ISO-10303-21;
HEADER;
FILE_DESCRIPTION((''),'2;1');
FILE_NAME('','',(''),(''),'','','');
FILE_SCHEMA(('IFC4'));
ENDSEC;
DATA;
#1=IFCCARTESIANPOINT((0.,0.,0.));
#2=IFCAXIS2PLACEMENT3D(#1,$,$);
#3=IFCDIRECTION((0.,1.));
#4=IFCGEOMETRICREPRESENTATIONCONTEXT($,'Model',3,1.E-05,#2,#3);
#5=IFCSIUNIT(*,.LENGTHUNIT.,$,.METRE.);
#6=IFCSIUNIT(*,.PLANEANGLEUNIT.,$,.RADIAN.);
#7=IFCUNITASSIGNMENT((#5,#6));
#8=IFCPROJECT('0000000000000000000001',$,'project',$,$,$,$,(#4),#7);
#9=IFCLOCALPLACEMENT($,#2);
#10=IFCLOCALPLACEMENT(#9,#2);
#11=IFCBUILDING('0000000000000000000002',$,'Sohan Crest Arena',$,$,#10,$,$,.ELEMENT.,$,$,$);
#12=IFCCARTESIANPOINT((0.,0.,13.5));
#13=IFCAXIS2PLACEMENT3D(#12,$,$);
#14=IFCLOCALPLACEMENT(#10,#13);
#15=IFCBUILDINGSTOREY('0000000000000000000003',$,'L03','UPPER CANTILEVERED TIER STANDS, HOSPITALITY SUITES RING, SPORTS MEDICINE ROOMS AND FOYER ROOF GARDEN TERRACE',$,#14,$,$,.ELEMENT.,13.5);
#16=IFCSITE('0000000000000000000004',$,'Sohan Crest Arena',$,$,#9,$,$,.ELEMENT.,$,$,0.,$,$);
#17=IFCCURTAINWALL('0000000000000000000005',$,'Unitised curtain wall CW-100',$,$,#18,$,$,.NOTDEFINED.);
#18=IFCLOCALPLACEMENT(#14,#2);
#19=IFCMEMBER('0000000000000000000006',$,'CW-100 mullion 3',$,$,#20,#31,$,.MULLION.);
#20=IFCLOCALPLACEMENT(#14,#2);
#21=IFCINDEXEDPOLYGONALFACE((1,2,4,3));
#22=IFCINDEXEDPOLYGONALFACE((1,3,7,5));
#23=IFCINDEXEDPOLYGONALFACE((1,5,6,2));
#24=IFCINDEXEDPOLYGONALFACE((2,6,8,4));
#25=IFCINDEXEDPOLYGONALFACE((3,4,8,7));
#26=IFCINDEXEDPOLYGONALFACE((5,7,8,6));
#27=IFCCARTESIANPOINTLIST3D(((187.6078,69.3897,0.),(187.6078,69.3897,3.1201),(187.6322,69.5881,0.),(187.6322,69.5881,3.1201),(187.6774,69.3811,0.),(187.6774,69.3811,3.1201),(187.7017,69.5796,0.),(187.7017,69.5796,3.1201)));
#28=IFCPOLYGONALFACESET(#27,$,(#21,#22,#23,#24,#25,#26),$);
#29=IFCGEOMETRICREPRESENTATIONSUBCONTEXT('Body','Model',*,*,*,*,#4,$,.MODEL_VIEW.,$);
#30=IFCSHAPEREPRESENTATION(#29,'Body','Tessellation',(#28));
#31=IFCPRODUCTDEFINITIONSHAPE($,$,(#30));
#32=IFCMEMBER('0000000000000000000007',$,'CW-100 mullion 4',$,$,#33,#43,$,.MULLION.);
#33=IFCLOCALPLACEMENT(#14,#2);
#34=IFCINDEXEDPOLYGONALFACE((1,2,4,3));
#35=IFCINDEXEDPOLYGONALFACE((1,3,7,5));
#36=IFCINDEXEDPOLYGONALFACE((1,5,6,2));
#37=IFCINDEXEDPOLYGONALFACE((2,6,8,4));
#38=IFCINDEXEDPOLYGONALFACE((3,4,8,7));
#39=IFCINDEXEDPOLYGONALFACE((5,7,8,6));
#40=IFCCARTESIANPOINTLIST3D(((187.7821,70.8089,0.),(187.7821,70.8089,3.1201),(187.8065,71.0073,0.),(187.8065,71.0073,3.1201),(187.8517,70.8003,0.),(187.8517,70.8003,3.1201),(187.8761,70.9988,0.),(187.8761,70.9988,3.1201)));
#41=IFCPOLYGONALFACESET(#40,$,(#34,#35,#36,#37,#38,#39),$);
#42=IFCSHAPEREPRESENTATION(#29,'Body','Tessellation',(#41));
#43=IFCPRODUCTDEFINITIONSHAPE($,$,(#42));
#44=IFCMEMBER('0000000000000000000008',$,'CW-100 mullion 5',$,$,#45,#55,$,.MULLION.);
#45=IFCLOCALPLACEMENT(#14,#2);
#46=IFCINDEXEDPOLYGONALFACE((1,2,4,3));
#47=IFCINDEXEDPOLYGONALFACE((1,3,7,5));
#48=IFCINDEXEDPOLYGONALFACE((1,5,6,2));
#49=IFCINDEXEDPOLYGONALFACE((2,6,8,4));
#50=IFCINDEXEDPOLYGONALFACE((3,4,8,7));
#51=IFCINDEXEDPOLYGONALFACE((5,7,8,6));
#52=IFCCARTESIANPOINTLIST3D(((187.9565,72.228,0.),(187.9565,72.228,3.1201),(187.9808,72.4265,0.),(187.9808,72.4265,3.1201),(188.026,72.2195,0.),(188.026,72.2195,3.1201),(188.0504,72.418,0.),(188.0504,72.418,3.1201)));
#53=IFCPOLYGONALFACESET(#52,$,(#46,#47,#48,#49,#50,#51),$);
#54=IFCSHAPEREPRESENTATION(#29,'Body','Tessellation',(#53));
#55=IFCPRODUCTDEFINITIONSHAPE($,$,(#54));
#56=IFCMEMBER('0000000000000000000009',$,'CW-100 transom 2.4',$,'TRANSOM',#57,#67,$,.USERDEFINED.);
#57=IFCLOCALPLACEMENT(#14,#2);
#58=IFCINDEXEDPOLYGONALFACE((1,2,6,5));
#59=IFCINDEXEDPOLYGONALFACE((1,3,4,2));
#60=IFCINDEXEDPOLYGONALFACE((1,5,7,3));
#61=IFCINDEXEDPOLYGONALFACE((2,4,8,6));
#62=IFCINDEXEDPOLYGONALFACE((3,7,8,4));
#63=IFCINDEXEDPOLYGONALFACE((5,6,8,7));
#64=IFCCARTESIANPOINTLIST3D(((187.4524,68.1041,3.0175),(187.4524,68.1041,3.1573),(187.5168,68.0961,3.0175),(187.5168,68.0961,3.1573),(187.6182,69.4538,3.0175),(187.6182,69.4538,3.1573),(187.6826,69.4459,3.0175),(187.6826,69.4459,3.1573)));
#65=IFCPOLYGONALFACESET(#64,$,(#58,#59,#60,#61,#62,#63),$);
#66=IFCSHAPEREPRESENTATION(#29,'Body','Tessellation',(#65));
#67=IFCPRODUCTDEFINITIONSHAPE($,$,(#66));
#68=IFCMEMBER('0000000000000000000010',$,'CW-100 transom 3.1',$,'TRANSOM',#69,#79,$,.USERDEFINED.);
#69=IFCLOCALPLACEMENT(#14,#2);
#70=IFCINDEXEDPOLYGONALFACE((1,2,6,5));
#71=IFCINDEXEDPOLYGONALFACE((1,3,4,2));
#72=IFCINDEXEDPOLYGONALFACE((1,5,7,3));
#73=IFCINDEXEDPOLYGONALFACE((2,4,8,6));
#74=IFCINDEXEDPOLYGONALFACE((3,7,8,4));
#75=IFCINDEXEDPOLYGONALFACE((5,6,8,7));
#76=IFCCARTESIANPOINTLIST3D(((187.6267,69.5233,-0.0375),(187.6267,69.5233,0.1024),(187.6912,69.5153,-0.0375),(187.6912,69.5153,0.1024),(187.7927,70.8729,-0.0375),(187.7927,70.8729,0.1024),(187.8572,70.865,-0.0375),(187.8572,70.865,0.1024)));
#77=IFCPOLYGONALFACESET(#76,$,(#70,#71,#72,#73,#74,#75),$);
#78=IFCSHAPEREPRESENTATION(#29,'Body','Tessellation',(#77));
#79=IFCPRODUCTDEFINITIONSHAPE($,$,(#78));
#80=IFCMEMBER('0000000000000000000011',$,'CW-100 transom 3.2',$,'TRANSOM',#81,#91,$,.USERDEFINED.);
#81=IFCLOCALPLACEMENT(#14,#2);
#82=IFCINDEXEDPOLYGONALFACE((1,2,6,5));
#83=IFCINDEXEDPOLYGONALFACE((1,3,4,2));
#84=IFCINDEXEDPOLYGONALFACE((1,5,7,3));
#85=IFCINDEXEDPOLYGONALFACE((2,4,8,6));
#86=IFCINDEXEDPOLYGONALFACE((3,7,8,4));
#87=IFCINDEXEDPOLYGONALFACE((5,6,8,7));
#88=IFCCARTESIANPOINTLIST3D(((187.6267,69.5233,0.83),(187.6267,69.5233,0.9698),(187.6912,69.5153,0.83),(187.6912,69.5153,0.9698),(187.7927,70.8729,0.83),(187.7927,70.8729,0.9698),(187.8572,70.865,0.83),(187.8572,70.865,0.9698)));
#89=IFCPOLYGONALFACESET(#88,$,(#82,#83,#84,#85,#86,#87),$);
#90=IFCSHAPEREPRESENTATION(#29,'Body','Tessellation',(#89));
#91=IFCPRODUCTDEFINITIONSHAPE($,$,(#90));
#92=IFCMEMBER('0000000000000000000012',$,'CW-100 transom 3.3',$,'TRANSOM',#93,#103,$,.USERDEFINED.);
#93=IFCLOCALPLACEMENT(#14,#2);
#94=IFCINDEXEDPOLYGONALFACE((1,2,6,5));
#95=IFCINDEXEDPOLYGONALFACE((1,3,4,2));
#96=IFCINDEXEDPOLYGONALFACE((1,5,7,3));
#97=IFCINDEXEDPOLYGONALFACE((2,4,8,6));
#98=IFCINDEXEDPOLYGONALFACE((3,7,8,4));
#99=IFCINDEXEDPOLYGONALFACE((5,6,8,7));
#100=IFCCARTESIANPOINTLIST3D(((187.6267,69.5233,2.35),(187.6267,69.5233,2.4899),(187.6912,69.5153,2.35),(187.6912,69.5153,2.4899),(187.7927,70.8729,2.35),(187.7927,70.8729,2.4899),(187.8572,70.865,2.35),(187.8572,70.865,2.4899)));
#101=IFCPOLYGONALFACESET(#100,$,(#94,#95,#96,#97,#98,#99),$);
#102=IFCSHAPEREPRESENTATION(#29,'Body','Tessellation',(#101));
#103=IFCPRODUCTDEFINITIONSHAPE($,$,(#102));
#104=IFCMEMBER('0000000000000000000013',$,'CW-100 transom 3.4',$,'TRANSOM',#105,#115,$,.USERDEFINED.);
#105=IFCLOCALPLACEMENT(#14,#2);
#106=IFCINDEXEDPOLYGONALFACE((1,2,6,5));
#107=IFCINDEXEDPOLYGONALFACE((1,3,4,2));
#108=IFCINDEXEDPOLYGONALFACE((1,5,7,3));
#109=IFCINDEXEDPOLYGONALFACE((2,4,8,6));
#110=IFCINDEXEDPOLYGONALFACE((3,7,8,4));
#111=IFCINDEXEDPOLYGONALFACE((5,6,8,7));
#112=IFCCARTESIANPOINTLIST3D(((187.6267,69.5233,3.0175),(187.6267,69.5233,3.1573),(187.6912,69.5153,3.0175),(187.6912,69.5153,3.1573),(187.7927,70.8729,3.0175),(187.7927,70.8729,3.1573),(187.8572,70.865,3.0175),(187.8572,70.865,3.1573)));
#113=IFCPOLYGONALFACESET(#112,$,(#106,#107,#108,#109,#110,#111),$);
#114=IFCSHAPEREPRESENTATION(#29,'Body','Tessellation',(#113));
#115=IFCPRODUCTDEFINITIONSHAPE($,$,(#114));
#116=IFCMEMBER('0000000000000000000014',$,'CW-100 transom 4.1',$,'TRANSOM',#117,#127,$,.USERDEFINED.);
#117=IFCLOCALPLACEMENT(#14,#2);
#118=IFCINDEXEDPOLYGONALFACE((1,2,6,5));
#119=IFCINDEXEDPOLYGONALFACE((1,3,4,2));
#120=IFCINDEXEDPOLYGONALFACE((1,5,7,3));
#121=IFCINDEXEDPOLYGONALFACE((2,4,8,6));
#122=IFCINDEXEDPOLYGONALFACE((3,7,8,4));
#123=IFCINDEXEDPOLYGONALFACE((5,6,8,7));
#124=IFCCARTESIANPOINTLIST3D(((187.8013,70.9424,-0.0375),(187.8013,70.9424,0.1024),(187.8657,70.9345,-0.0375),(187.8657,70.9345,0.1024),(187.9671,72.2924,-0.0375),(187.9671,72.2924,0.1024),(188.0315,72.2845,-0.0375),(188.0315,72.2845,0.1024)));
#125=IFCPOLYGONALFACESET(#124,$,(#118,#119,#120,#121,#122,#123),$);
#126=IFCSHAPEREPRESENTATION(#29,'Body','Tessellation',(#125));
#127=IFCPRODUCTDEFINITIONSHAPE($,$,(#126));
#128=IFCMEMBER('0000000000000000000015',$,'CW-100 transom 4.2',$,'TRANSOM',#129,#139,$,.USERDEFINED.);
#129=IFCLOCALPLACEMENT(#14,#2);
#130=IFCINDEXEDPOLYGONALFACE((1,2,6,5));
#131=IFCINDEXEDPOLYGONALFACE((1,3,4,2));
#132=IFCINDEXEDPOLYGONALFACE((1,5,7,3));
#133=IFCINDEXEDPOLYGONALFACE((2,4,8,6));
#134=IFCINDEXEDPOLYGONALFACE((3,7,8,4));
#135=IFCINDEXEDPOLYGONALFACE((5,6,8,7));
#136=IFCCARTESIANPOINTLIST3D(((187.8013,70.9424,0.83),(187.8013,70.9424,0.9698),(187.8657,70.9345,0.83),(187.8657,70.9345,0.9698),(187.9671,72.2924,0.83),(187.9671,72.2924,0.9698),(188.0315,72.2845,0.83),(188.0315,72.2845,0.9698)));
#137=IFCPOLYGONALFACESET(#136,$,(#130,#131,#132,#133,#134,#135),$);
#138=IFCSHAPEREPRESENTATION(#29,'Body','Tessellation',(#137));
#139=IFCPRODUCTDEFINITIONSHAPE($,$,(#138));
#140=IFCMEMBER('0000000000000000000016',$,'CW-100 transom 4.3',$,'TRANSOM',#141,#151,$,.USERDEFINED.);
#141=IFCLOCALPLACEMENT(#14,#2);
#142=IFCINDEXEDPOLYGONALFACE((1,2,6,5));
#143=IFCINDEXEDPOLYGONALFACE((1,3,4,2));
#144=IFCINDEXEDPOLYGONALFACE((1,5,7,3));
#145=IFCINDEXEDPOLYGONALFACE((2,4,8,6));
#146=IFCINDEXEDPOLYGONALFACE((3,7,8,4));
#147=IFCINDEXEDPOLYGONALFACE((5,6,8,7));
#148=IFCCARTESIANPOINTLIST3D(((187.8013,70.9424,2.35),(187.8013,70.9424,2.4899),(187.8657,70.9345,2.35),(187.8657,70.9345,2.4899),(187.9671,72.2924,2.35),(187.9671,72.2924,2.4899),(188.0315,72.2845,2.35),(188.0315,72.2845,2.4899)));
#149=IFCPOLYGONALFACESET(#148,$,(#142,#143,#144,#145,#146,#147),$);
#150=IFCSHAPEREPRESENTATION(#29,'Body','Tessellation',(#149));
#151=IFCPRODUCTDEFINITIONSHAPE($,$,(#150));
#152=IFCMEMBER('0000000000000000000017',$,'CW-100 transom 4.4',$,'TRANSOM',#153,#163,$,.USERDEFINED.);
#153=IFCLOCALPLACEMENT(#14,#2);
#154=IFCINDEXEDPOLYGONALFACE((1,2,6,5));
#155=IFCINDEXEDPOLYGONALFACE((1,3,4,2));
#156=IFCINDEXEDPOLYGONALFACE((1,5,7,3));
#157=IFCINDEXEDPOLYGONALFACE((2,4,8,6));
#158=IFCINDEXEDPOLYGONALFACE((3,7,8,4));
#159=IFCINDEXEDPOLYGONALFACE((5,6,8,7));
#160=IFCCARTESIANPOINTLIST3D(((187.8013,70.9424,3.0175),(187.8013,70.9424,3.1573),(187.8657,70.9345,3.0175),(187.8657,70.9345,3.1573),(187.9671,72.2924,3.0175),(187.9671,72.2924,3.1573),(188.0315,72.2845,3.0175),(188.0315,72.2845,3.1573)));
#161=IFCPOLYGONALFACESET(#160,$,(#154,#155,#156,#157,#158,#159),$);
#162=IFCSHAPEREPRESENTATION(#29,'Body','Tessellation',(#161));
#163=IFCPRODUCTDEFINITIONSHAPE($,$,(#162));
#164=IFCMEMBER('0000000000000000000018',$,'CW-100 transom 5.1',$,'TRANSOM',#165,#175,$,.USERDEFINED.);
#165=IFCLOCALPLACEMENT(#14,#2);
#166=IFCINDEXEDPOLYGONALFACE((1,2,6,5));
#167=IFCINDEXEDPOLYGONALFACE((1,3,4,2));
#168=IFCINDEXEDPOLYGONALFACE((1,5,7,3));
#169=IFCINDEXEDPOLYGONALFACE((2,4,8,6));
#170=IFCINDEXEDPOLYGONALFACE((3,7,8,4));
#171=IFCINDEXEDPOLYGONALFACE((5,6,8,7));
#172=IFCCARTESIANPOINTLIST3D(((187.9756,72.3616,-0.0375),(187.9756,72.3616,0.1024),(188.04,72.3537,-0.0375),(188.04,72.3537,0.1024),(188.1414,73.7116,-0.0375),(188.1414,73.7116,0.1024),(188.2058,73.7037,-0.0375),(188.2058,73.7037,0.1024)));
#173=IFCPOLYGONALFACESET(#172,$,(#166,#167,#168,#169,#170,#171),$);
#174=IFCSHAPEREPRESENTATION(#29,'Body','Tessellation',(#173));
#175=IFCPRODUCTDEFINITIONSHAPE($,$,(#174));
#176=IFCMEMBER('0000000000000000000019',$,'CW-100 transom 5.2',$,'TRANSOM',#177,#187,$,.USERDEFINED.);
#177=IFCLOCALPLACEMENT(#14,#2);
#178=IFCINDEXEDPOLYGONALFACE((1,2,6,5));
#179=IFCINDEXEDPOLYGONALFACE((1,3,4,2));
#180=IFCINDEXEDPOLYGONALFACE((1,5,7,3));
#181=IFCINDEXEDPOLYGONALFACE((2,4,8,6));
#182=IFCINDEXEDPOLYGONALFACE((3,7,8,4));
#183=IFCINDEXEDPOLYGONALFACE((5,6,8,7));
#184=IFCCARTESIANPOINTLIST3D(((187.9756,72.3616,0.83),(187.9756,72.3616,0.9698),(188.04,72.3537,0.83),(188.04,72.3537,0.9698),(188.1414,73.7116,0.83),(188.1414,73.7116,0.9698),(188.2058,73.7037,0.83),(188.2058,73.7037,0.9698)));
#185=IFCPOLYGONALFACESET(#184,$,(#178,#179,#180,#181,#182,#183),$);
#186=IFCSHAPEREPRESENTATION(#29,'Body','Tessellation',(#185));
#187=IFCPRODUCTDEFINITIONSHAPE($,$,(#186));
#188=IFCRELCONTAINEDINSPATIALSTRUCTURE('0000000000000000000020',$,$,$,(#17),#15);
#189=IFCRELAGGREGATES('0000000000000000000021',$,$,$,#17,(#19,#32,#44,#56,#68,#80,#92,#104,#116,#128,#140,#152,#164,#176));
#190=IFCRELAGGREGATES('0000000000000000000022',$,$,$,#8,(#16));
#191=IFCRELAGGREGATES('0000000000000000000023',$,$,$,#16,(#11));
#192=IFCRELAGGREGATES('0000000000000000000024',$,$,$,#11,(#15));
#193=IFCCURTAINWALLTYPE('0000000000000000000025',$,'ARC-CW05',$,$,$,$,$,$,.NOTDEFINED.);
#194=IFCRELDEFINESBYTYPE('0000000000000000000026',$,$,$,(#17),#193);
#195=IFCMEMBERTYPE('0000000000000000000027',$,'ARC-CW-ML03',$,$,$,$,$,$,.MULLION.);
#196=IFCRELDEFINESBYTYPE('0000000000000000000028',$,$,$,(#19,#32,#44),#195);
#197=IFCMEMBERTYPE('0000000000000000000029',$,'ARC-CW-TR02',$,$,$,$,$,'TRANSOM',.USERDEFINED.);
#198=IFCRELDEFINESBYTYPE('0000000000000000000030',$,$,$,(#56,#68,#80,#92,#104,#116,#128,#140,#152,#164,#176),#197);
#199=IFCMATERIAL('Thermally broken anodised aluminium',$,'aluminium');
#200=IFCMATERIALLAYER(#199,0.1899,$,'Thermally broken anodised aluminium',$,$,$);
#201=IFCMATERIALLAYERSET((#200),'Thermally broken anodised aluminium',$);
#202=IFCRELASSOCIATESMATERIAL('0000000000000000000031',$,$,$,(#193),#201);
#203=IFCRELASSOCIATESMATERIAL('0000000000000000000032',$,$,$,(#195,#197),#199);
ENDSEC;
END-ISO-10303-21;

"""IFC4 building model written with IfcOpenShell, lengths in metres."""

from ifc_helpers import new_model, si_unit, direction, frame, origin, origin_2d, place, context, subcontext, project, spatial, rectangle, extrude, material, layer, layer_set, material_profile, profile_set, type_object, element, aggregate, save


model = new_model("IFC4")

# Units and contexts
model_context = context("Model", 3, precision=1e-05, world=origin(), true_north=direction((0.0, 1.0)))
body_context = subcontext(model_context, "Body", "Model", "MODEL_VIEW")
ifc_project = project(units=[si_unit("LENGTHUNIT", "METRE"), si_unit("PLANEANGLEUNIT", "RADIAN")], contexts=[model_context])

# Site, building, storey
site_placement = place(None, origin())
site = spatial("IfcSite", under=ifc_project, at=site_placement, Name="Sohan Crest Arena", CompositionType="ELEMENT", RefElevation=0.0)
building_placement = place(site_placement, origin())
building = spatial("IfcBuilding", under=site, at=building_placement, Name="Sohan Crest Arena", CompositionType="ELEMENT")
storey_placement = place(building_placement, frame((0.0, 0.0, 13.5)))
storey = spatial("IfcBuildingStorey", under=building, at=storey_placement, Name="L03", Description="UPPER CANTILEVERED TIER STANDS, HOSPITALITY SUITES RING, SPORTS MEDICINE ROOMS AND FOYER ROOF GARDEN TERRACE", CompositionType="ELEMENT", Elevation=13.5)

# Curtain wall, members
ifc_material_1 = material(Name="Thermally broken anodised aluminium", Category="aluminium")
ifc_layer_1 = layer(ifc_material_1, 0.1899, Name="Thermally broken anodised aluminium")
ifc_layer_set_1 = layer_set([ifc_layer_1], Name="Thermally broken anodised aluminium")
curtain_wall_type = type_object("IfcCurtainWallType", Name="ARC-CW05", PredefinedType="NOTDEFINED", material=ifc_layer_set_1)
curtain_wall_placement = place(storey_placement, origin())
curtain_wall = element("IfcCurtainWall", 1, at=curtain_wall_placement, inside=storey, type_object=curtain_wall_type, Name="Unitised curtain wall CW-100", PredefinedType="NOTDEFINED")
ifc_material_profile_1 = material_profile(ifc_material_1, rectangle(XDim=0.0701, YDim=0.2, at=origin_2d()), Name="ALU-MULL 70x200")
ifc_profile_set_1 = profile_set([ifc_material_profile_1], Name="Thermally broken anodised aluminium")
member_type_1 = type_object("IfcMemberType", Name="ARC-CW-ML03", PredefinedType="MULLION", material=ifc_profile_set_1)
member_1_placement = place(storey_placement, frame((187.6548, 69.4846, 0.0), z_axis=(0.0, 0.0, 1.0), x_axis=(-0.992537, 0.121947, 0.0)))
member_1 = element("IfcMember", 2, at=member_1_placement, type_object=member_type_1, Name="CW-100 mullion 3", PredefinedType="MULLION", context=body_context, shape_type="SweptSolid", body=[
    extrude(rectangle(XDim=0.0701, YDim=0.2, at=origin_2d()), origin(), (0.0, 0.0, 1.0), 3.1201),
])
member_2_placement = place(storey_placement, frame((187.8291, 70.9038, 0.0), z_axis=(0.0, 0.0, 1.0), x_axis=(-0.992537, 0.121947, 0.0)))
member_2 = element("IfcMember", 3, at=member_2_placement, type_object=member_type_1, Name="CW-100 mullion 4", PredefinedType="MULLION", context=body_context, shape_type="SweptSolid", body=[
    extrude(rectangle(XDim=0.0701, YDim=0.2, at=origin_2d()), origin(), (0.0, 0.0, 1.0), 3.1201),
])
member_3_placement = place(storey_placement, frame((188.0034, 72.323, 0.0), z_axis=(0.0, 0.0, 1.0), x_axis=(-0.992537, 0.121947, 0.0)))
member_3 = element("IfcMember", 4, at=member_3_placement, type_object=member_type_1, Name="CW-100 mullion 5", PredefinedType="MULLION", context=body_context, shape_type="SweptSolid", body=[
    extrude(rectangle(XDim=0.0701, YDim=0.2, at=origin_2d()), origin(), (0.0, 0.0, 1.0), 3.1201),
])
ifc_material_profile_2 = material_profile(ifc_material_1, rectangle(XDim=0.0649, YDim=0.1399, at=origin_2d()), Name="ALU-TRAN 65x140")
ifc_profile_set_2 = profile_set([ifc_material_profile_2], Name="Thermally broken anodised aluminium")
member_type_2 = type_object("IfcMemberType", Name="ARC-CW-TR02", ElementType="TRANSOM", PredefinedType="USERDEFINED", material=ifc_profile_set_2)
member_4_placement = place(storey_placement, frame((187.4846, 68.1001, 3.0874), z_axis=(0.121913, 0.992541, 0.0), x_axis=(-0.992541, 0.121913, 0.0)))
member_4 = element("IfcMember", 5, at=member_4_placement, type_object=member_type_2, Name="CW-100 transom 2.4", ObjectType="TRANSOM", PredefinedType="USERDEFINED", context=body_context, shape_type="SweptSolid", body=[
    extrude(rectangle(XDim=0.0649, YDim=0.1399, at=origin_2d()), origin(), (0.0, 0.0, 1.0), 1.3599),
])
member_5_placement = place(storey_placement, frame((187.6589, 69.5193, 0.0325), z_axis=(0.12209, 0.992519, 0.0), x_axis=(-0.992519, 0.12209, 0.0)))
member_5 = element("IfcMember", 6, at=member_5_placement, type_object=member_type_2, Name="CW-100 transom 3.1", ObjectType="TRANSOM", PredefinedType="USERDEFINED", context=body_context, shape_type="SweptSolid", body=[
    extrude(rectangle(XDim=0.0649, YDim=0.1399, at=origin_2d()), origin(), (0.0, 0.0, 1.0), 1.3599),
])
member_6_placement = place(storey_placement, frame((187.6589, 69.5193, 0.8999), z_axis=(0.12209, 0.992519, 0.0), x_axis=(-0.992519, 0.12209, 0.0)))
member_6 = element("IfcMember", 7, at=member_6_placement, type_object=member_type_2, Name="CW-100 transom 3.2", ObjectType="TRANSOM", PredefinedType="USERDEFINED", context=body_context, shape_type="SweptSolid", body=[
    extrude(rectangle(XDim=0.0649, YDim=0.1399, at=origin_2d()), origin(), (0.0, 0.0, 1.0), 1.3599),
])
member_7_placement = place(storey_placement, frame((187.6589, 69.5193, 2.4199), z_axis=(0.12209, 0.992519, 0.0), x_axis=(-0.992519, 0.12209, 0.0)))
member_7 = element("IfcMember", 8, at=member_7_placement, type_object=member_type_2, Name="CW-100 transom 3.3", ObjectType="TRANSOM", PredefinedType="USERDEFINED", context=body_context, shape_type="SweptSolid", body=[
    extrude(rectangle(XDim=0.0649, YDim=0.1399, at=origin_2d()), origin(), (0.0, 0.0, 1.0), 1.3599),
])
member_8_placement = place(storey_placement, frame((187.6589, 69.5193, 3.0874), z_axis=(0.12209, 0.992519, 0.0), x_axis=(-0.992519, 0.12209, 0.0)))
member_8 = element("IfcMember", 9, at=member_8_placement, type_object=member_type_2, Name="CW-100 transom 3.4", ObjectType="TRANSOM", PredefinedType="USERDEFINED", context=body_context, shape_type="SweptSolid", body=[
    extrude(rectangle(XDim=0.0649, YDim=0.1399, at=origin_2d()), origin(), (0.0, 0.0, 1.0), 1.3599),
])
member_9_placement = place(storey_placement, frame((187.8335, 70.9385, 0.0325), z_axis=(0.121891, 0.992543, 0.0), x_axis=(-0.992543, 0.121891, 0.0)))
member_9 = element("IfcMember", 10, at=member_9_placement, type_object=member_type_2, Name="CW-100 transom 4.1", ObjectType="TRANSOM", PredefinedType="USERDEFINED", context=body_context, shape_type="SweptSolid", body=[
    extrude(rectangle(XDim=0.0649, YDim=0.1399, at=origin_2d()), origin(), (0.0, 0.0, 1.0), 1.3601),
])
member_10_placement = place(storey_placement, frame((187.8335, 70.9385, 0.8999), z_axis=(0.121891, 0.992543, 0.0), x_axis=(-0.992543, 0.121891, 0.0)))
member_10 = element("IfcMember", 11, at=member_10_placement, type_object=member_type_2, Name="CW-100 transom 4.2", ObjectType="TRANSOM", PredefinedType="USERDEFINED", context=body_context, shape_type="SweptSolid", body=[
    extrude(rectangle(XDim=0.0649, YDim=0.1399, at=origin_2d()), origin(), (0.0, 0.0, 1.0), 1.3601),
])
member_11_placement = place(storey_placement, frame((187.8335, 70.9385, 2.4199), z_axis=(0.121891, 0.992543, 0.0), x_axis=(-0.992543, 0.121891, 0.0)))
member_11 = element("IfcMember", 12, at=member_11_placement, type_object=member_type_2, Name="CW-100 transom 4.3", ObjectType="TRANSOM", PredefinedType="USERDEFINED", context=body_context, shape_type="SweptSolid", body=[
    extrude(rectangle(XDim=0.0649, YDim=0.1399, at=origin_2d()), origin(), (0.0, 0.0, 1.0), 1.3601),
])
member_12_placement = place(storey_placement, frame((187.8335, 70.9385, 3.0874), z_axis=(0.121891, 0.992543, 0.0), x_axis=(-0.992543, 0.121891, 0.0)))
member_12 = element("IfcMember", 13, at=member_12_placement, type_object=member_type_2, Name="CW-100 transom 4.4", ObjectType="TRANSOM", PredefinedType="USERDEFINED", context=body_context, shape_type="SweptSolid", body=[
    extrude(rectangle(XDim=0.0649, YDim=0.1399, at=origin_2d()), origin(), (0.0, 0.0, 1.0), 1.3601),
])
member_13_placement = place(storey_placement, frame((188.0078, 72.3577, 0.0325), z_axis=(0.121891, 0.992543, 0.0), x_axis=(-0.992543, 0.121891, 0.0)))
member_13 = element("IfcMember", 14, at=member_13_placement, type_object=member_type_2, Name="CW-100 transom 5.1", ObjectType="TRANSOM", PredefinedType="USERDEFINED", context=body_context, shape_type="SweptSolid", body=[
    extrude(rectangle(XDim=0.0649, YDim=0.1399, at=origin_2d()), origin(), (0.0, 0.0, 1.0), 1.3601),
])
member_14_placement = place(storey_placement, frame((188.0078, 72.3577, 0.8999), z_axis=(0.121891, 0.992543, 0.0), x_axis=(-0.992543, 0.121891, 0.0)))
member_14 = element("IfcMember", 15, at=member_14_placement, type_object=member_type_2, Name="CW-100 transom 5.2", ObjectType="TRANSOM", PredefinedType="USERDEFINED", context=body_context, shape_type="SweptSolid", body=[
    extrude(rectangle(XDim=0.0649, YDim=0.1399, at=origin_2d()), origin(), (0.0, 0.0, 1.0), 1.3601),
])
aggregate(curtain_wall, [member_1, member_2, member_3, member_4, member_5, member_6, member_7, member_8, member_9, member_10, member_11, member_12, member_13, member_14])

save(model, "model.ifc")
